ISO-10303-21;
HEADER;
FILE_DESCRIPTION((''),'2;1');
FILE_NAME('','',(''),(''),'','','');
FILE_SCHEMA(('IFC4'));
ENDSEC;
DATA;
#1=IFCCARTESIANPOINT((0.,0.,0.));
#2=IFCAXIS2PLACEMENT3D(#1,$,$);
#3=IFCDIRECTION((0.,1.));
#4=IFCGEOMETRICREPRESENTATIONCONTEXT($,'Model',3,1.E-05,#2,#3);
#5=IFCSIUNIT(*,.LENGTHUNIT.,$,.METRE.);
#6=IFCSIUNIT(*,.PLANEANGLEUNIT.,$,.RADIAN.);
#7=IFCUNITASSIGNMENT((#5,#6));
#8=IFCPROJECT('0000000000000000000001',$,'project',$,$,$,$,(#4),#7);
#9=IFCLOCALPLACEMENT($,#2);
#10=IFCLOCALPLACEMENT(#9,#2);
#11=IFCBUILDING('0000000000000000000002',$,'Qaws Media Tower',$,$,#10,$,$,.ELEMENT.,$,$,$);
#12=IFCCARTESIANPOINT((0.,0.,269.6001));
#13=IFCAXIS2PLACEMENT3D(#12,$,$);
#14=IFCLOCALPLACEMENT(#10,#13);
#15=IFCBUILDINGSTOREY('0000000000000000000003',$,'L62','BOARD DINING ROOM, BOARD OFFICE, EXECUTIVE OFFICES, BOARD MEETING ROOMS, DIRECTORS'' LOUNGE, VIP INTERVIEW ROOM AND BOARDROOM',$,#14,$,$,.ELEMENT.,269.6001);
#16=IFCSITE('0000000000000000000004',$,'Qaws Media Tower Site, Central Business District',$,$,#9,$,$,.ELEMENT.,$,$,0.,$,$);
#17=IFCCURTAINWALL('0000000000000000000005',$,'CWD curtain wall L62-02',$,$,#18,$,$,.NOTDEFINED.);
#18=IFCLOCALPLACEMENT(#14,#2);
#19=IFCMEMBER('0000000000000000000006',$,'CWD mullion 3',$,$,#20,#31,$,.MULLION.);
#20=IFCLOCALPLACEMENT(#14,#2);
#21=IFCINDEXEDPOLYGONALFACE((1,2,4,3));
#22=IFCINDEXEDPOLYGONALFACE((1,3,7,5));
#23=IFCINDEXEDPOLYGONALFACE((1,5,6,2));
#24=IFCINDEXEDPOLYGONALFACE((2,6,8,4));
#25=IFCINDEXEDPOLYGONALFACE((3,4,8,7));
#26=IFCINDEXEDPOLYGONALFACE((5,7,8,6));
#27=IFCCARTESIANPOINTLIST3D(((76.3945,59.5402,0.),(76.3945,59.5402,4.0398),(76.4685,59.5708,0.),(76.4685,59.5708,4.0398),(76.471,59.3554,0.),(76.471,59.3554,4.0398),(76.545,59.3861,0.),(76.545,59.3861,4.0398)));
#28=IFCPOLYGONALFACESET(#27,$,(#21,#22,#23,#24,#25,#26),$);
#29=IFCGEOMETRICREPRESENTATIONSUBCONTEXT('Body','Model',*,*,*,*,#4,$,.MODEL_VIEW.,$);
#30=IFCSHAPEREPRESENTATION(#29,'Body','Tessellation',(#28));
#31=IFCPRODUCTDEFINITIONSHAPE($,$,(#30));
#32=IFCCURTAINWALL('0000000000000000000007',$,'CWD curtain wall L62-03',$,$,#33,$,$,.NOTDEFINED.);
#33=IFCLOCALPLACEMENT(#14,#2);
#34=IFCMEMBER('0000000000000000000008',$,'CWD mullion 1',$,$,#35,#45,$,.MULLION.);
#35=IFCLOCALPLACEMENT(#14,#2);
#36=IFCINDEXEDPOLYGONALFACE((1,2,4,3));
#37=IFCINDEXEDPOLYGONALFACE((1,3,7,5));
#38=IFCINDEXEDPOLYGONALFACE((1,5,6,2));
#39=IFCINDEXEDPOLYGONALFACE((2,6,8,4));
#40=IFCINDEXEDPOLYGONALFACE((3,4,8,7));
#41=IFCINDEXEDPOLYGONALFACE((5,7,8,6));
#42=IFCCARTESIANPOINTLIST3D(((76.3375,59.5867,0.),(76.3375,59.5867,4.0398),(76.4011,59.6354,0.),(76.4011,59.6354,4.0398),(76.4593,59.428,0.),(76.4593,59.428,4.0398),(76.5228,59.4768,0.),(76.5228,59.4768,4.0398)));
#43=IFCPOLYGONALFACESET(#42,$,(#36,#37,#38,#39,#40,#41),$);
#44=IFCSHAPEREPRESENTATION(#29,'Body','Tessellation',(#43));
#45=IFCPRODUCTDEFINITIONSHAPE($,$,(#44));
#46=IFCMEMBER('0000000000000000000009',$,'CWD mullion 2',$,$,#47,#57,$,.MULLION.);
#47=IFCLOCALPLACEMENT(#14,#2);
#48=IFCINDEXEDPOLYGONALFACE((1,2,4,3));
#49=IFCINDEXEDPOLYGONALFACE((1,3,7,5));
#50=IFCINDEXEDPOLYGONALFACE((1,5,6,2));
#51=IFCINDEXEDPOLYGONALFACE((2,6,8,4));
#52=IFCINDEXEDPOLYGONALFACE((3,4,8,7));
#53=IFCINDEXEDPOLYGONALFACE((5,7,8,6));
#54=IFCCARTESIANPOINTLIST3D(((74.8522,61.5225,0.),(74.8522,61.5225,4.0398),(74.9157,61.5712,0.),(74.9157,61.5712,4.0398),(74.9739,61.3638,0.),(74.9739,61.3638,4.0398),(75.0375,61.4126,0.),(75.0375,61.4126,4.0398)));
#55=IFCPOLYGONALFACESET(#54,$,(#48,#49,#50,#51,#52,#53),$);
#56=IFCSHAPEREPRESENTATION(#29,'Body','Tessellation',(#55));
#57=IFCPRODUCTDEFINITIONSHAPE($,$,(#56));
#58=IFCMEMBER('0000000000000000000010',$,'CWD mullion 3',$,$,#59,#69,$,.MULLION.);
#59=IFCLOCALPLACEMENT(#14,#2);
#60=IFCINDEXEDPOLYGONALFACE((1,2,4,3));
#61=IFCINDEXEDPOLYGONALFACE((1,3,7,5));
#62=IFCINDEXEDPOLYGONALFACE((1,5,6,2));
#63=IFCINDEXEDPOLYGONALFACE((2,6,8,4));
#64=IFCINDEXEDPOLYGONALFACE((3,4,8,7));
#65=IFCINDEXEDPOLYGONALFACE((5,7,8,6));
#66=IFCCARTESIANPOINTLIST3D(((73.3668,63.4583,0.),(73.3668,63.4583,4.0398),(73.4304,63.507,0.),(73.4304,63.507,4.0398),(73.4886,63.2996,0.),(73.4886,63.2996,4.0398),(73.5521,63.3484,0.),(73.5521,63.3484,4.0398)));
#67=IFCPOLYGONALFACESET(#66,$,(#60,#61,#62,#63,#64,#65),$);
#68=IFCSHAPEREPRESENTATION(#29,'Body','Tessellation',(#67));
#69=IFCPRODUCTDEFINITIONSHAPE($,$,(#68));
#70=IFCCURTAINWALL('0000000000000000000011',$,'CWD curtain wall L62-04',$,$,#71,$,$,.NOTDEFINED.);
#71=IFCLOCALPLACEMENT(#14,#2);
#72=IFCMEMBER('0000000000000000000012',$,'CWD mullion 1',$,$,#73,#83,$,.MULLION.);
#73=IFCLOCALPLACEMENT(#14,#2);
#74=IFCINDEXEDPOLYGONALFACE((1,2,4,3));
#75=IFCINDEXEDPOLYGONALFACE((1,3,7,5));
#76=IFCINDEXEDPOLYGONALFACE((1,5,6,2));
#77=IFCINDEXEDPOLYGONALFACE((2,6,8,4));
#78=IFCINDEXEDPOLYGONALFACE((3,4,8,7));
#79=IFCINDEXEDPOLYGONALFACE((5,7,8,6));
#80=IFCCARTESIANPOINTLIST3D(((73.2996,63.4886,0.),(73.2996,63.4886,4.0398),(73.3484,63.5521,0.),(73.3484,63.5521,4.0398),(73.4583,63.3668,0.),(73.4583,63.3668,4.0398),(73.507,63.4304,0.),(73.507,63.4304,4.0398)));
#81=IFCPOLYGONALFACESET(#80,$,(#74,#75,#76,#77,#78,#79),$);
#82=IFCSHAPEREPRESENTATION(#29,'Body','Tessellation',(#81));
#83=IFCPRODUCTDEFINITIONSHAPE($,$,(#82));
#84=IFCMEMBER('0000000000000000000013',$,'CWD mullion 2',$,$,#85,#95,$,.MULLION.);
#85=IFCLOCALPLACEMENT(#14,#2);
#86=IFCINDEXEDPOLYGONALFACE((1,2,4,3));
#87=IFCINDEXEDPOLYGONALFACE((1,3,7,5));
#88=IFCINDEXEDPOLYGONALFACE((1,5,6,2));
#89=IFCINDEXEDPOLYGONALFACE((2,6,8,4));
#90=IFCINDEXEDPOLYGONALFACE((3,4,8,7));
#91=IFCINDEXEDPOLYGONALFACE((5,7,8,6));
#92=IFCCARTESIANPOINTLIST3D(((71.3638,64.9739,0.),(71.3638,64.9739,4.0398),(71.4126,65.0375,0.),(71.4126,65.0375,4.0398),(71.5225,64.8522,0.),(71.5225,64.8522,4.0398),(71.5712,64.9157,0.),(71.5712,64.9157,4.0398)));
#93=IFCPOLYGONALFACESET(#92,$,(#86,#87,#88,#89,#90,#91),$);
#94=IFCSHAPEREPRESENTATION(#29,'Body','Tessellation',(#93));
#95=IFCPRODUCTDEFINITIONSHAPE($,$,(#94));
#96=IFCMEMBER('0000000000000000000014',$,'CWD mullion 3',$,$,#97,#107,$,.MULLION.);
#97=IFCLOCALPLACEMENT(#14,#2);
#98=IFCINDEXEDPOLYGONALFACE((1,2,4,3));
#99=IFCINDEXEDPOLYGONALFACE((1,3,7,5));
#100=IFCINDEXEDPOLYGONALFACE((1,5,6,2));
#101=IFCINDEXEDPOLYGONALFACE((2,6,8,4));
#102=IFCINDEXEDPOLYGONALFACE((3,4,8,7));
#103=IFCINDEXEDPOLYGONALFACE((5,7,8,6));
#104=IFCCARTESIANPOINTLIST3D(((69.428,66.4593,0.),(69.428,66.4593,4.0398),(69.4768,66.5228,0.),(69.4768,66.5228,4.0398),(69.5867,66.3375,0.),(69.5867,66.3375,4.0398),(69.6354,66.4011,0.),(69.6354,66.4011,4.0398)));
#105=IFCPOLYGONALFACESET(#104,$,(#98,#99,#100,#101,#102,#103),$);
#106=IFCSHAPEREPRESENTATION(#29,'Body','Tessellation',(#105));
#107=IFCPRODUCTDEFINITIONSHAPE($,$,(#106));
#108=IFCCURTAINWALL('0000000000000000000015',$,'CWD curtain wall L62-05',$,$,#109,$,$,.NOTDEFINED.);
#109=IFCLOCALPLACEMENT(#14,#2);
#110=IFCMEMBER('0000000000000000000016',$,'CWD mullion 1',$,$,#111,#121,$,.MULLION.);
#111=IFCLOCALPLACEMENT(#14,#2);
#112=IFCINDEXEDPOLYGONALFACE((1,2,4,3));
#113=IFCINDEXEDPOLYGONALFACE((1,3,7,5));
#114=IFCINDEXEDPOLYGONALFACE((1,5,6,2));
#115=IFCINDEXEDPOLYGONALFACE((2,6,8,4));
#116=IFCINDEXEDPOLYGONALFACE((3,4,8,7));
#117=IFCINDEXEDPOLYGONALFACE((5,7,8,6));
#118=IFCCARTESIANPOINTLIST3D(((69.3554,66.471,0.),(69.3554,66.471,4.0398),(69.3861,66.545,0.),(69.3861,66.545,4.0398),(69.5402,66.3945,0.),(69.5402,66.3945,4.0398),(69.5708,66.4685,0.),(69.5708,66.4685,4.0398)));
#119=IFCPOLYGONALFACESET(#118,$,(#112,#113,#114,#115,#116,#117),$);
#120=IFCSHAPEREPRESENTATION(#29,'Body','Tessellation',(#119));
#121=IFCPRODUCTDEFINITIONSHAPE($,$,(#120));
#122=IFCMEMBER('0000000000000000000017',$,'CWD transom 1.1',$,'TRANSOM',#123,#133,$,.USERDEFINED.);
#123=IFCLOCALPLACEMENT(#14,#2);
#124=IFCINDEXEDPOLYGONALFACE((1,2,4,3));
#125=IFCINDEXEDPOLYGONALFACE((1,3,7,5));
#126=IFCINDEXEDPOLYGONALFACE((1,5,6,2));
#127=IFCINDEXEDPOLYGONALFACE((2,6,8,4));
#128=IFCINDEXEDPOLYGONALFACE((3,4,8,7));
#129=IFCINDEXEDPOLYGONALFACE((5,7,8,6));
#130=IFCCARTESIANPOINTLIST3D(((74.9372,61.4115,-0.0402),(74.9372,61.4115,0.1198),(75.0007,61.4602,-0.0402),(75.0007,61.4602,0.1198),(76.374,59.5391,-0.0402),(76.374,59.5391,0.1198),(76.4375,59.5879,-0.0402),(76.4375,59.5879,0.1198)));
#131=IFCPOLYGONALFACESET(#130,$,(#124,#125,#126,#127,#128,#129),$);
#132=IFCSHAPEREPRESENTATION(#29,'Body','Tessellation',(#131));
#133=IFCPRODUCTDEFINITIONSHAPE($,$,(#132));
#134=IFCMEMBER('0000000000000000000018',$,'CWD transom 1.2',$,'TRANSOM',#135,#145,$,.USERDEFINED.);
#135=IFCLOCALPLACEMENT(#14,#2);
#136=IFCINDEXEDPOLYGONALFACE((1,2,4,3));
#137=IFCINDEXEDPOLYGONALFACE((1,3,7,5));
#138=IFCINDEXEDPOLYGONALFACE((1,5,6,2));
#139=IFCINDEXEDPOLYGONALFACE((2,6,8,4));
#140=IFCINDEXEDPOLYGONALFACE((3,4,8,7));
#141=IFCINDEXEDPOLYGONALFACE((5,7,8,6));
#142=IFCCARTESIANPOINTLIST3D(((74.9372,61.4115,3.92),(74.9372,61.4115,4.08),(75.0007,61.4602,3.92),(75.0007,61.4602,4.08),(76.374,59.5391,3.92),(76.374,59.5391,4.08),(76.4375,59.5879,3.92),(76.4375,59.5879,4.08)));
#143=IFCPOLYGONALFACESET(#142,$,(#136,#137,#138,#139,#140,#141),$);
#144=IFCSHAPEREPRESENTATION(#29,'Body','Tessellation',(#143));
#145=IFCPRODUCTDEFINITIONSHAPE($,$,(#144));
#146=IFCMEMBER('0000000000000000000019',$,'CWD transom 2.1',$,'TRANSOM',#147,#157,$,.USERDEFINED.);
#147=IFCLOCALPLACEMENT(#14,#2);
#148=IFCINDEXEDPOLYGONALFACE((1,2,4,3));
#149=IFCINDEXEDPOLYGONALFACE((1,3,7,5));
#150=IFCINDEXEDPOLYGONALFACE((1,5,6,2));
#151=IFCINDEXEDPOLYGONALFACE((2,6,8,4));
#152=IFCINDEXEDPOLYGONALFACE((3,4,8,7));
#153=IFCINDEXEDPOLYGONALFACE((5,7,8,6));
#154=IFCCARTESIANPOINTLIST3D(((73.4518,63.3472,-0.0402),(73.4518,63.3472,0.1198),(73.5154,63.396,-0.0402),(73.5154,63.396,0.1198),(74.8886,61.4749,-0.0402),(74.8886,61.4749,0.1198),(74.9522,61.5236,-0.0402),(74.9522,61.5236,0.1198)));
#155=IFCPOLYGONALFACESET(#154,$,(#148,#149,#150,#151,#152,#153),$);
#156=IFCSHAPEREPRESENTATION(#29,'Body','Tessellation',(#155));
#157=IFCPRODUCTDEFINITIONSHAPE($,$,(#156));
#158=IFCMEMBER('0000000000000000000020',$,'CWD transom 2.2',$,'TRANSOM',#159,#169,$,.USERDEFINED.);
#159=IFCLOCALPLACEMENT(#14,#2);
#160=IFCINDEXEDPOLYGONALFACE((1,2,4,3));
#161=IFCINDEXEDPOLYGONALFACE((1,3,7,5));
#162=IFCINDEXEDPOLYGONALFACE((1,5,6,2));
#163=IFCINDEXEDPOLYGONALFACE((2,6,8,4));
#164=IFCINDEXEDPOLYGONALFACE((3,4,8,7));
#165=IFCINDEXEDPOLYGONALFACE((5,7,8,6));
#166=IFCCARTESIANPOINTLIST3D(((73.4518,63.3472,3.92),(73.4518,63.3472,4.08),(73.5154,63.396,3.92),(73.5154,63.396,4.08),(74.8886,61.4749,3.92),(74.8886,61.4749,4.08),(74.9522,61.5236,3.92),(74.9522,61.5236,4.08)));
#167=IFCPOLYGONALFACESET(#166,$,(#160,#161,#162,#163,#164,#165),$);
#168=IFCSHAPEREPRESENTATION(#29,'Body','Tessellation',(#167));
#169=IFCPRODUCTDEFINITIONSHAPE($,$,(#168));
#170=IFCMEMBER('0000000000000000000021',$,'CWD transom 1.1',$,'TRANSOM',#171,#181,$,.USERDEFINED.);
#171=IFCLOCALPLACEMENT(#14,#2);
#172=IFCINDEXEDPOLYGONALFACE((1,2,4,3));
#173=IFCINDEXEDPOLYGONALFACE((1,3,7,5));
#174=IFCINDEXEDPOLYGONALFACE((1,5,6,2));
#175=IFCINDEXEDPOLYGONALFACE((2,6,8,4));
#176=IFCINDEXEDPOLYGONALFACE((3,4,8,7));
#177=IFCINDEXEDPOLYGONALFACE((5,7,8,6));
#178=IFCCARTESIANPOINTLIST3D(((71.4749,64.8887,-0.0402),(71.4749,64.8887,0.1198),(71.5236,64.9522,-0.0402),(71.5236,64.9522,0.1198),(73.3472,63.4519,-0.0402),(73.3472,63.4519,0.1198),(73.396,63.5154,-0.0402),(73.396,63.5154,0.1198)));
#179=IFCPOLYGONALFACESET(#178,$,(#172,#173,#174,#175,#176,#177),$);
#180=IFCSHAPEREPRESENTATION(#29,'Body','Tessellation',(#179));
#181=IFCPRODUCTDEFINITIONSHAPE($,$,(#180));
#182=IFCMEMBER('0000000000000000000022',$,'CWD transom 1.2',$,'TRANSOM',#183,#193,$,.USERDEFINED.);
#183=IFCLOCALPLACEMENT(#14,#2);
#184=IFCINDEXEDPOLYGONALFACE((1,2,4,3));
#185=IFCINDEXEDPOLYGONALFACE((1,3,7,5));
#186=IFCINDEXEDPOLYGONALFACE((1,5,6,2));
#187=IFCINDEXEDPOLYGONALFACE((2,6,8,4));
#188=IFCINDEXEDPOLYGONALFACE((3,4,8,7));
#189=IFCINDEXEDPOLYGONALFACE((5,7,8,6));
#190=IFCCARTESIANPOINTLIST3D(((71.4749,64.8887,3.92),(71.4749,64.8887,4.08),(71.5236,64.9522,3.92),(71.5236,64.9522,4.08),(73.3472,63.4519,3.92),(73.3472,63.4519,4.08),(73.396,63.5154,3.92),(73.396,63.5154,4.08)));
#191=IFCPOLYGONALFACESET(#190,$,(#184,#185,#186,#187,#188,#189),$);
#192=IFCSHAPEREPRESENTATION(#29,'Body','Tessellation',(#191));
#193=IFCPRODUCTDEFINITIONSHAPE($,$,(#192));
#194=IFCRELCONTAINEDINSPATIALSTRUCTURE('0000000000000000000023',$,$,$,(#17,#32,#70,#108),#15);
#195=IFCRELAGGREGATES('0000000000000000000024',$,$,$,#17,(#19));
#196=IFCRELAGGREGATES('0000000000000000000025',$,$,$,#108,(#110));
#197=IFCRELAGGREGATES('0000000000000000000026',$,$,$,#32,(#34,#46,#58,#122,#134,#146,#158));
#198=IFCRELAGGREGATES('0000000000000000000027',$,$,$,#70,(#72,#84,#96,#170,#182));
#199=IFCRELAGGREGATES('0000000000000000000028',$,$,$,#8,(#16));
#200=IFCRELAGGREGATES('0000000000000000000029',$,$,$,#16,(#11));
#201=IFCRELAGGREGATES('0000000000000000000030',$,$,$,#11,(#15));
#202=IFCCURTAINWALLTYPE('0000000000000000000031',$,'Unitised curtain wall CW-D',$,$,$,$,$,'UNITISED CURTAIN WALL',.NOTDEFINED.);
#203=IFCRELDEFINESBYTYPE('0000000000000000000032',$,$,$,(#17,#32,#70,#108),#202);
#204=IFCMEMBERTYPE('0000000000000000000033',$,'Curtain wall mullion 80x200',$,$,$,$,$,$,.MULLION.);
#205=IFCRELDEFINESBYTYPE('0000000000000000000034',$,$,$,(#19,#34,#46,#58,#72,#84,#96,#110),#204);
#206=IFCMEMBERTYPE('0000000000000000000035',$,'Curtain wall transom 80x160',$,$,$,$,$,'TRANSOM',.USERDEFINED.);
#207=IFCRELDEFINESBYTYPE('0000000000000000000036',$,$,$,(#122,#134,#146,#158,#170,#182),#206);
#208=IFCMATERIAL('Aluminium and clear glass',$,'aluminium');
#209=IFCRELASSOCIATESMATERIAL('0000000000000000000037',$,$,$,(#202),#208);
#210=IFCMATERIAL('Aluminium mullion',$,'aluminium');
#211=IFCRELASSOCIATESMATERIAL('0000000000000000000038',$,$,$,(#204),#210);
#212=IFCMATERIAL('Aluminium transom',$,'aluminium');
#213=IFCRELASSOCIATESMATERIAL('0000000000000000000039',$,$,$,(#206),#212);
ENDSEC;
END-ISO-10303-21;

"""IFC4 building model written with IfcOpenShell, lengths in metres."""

from ifc_helpers import new_model, si_unit, direction, frame, origin, origin_2d, place, context, subcontext, project, spatial, rectangle, extrude, material, material_profile, profile_set, type_object, element, aggregate, save


model = new_model("IFC4")

# Units and contexts
model_context = context("Model", 3, precision=1e-05, world=origin(), true_north=direction((0.0, 1.0)))
body_context = subcontext(model_context, "Body", "Model", "MODEL_VIEW")
ifc_project = project(units=[si_unit("LENGTHUNIT", "METRE"), si_unit("PLANEANGLEUNIT", "RADIAN")], contexts=[model_context])

# Site, building, storey
site_placement = place(None, origin())
site = spatial("IfcSite", under=ifc_project, at=site_placement, Name="Qaws Media Tower Site, Central Business District", CompositionType="ELEMENT", RefElevation=0.0)
building_placement = place(site_placement, origin())
building = spatial("IfcBuilding", under=site, at=building_placement, Name="Qaws Media Tower", CompositionType="ELEMENT")
storey_placement = place(building_placement, frame((0.0, 0.0, 269.6001)))
storey = spatial("IfcBuildingStorey", under=building, at=storey_placement, Name="L62", Description="BOARD DINING ROOM, BOARD OFFICE, EXECUTIVE OFFICES, BOARD MEETING ROOMS, DIRECTORS' LOUNGE, VIP INTERVIEW ROOM AND BOARDROOM", CompositionType="ELEMENT", Elevation=269.6001)

# Curtain wall, member
ifc_material_1 = material(Name="Aluminium and clear glass", Category="aluminium")
curtain_wall_type = type_object("IfcCurtainWallType", Name="Unitised curtain wall CW-D", ElementType="UNITISED CURTAIN WALL", PredefinedType="NOTDEFINED", material=ifc_material_1)
curtain_wall_1_placement = place(storey_placement, origin())
curtain_wall_1 = element("IfcCurtainWall", 1, at=curtain_wall_1_placement, inside=storey, type_object=curtain_wall_type, Name="CWD curtain wall L62-02", PredefinedType="NOTDEFINED")
ifc_material_2 = material(Name="Aluminium mullion", Category="aluminium")
ifc_material_profile_1 = material_profile(ifc_material_2, rectangle(XDim=0.0801, YDim=0.2, at=origin_2d()), Name="80x200")
ifc_profile_set_1 = profile_set([ifc_material_profile_1], Name="Aluminium mullion")
member_type_1 = type_object("IfcMemberType", Name="Curtain wall mullion 80x200", PredefinedType="MULLION", material=ifc_profile_set_1)
member_1_placement = place(storey_placement, frame((76.4697, 59.4631, 0.0), z_axis=(0.0, 0.0, 1.0), x_axis=(-0.92388, -0.382683, 0.0)))
member_1 = element("IfcMember", 2, at=member_1_placement, type_object=member_type_1, Name="CWD mullion 3", PredefinedType="MULLION", context=body_context, shape_type="SweptSolid", body=[
    extrude(rectangle(XDim=0.0801, YDim=0.2, at=origin_2d()), origin(), (0.0, 0.0, 1.0), 4.0398),
])
aggregate(curtain_wall_1, [member_1])

# Curtain walls, members
curtain_wall_2_placement = place(storey_placement, origin())
curtain_wall_2 = element("IfcCurtainWall", 3, at=curtain_wall_2_placement, inside=storey, type_object=curtain_wall_type, Name="CWD curtain wall L62-03", PredefinedType="NOTDEFINED")
member_2_placement = place(storey_placement, frame((76.4302, 59.5317, 0.0), z_axis=(0.0, 0.0, 1.0), x_axis=(-0.793353, -0.608761, 0.0)))
member_2 = element("IfcMember", 4, at=member_2_placement, type_object=member_type_1, Name="CWD mullion 1", PredefinedType="MULLION", context=body_context, shape_type="SweptSolid", body=[
    extrude(rectangle(XDim=0.0801, YDim=0.2, at=origin_2d()), origin(), (0.0, 0.0, 1.0), 4.0398),
])
member_3_placement = place(storey_placement, frame((74.9448, 61.4675, 0.0), z_axis=(0.0, 0.0, 1.0), x_axis=(-0.793353, -0.608761, 0.0)))
member_3 = element("IfcMember", 5, at=member_3_placement, type_object=member_type_1, Name="CWD mullion 2", PredefinedType="MULLION", context=body_context, shape_type="SweptSolid", body=[
    extrude(rectangle(XDim=0.0801, YDim=0.2, at=origin_2d()), origin(), (0.0, 0.0, 1.0), 4.0398),
])
member_4_placement = place(storey_placement, frame((73.4595, 63.4033, 0.0), z_axis=(0.0, 0.0, 1.0), x_axis=(-0.793353, -0.608761, 0.0)))
member_4 = element("IfcMember", 6, at=member_4_placement, type_object=member_type_1, Name="CWD mullion 3", PredefinedType="MULLION", context=body_context, shape_type="SweptSolid", body=[
    extrude(rectangle(XDim=0.0801, YDim=0.2, at=origin_2d()), origin(), (0.0, 0.0, 1.0), 4.0398),
])
curtain_wall_3_placement = place(storey_placement, origin())
curtain_wall_3 = element("IfcCurtainWall", 7, at=curtain_wall_3_placement, inside=storey, type_object=curtain_wall_type, Name="CWD curtain wall L62-04", PredefinedType="NOTDEFINED")
member_5_placement = place(storey_placement, frame((73.4033, 63.4595, 0.0), z_axis=(0.0, 0.0, 1.0), x_axis=(-0.608761, -0.793353, 0.0)))
member_5 = element("IfcMember", 8, at=member_5_placement, type_object=member_type_1, Name="CWD mullion 1", PredefinedType="MULLION", context=body_context, shape_type="SweptSolid", body=[
    extrude(rectangle(XDim=0.0801, YDim=0.2, at=origin_2d()), origin(), (0.0, 0.0, 1.0), 4.0398),
])
member_6_placement = place(storey_placement, frame((71.4675, 64.9448, 0.0), z_axis=(0.0, 0.0, 1.0), x_axis=(-0.608761, -0.793353, 0.0)))
member_6 = element("IfcMember", 9, at=member_6_placement, type_object=member_type_1, Name="CWD mullion 2", PredefinedType="MULLION", context=body_context, shape_type="SweptSolid", body=[
    extrude(rectangle(XDim=0.0801, YDim=0.2, at=origin_2d()), origin(), (0.0, 0.0, 1.0), 4.0398),
])
member_7_placement = place(storey_placement, frame((69.5317, 66.4302, 0.0), z_axis=(0.0, 0.0, 1.0), x_axis=(-0.608761, -0.793353, 0.0)))
member_7 = element("IfcMember", 10, at=member_7_placement, type_object=member_type_1, Name="CWD mullion 3", PredefinedType="MULLION", context=body_context, shape_type="SweptSolid", body=[
    extrude(rectangle(XDim=0.0801, YDim=0.2, at=origin_2d()), origin(), (0.0, 0.0, 1.0), 4.0398),
])

# Curtain wall, member
curtain_wall_4_placement = place(storey_placement, origin())
curtain_wall_4 = element("IfcCurtainWall", 11, at=curtain_wall_4_placement, inside=storey, type_object=curtain_wall_type, Name="CWD curtain wall L62-05", PredefinedType="NOTDEFINED")
member_8_placement = place(storey_placement, frame((69.4631, 66.4697, 0.0), z_axis=(0.0, 0.0, 1.0), x_axis=(-0.382683, -0.92388, 0.0)))
member_8 = element("IfcMember", 12, at=member_8_placement, type_object=member_type_1, Name="CWD mullion 1", PredefinedType="MULLION", context=body_context, shape_type="SweptSolid", body=[
    extrude(rectangle(XDim=0.0801, YDim=0.2, at=origin_2d()), origin(), (0.0, 0.0, 1.0), 4.0398),
])

# Members
ifc_material_3 = material(Name="Aluminium transom", Category="aluminium")
ifc_material_profile_2 = material_profile(ifc_material_3, rectangle(XDim=0.0801, YDim=0.1599, at=origin_2d()), Name="80x160")
ifc_profile_set_2 = profile_set([ifc_material_profile_2], Name="Aluminium transom")
member_type_2 = type_object("IfcMemberType", Name="Curtain wall transom 80x160", ElementType="TRANSOM", PredefinedType="USERDEFINED", material=ifc_profile_set_2)
member_9_placement = place(storey_placement, frame((76.4058, 59.5635, 0.0398), z_axis=(-0.608785, 0.793335, 0.0), x_axis=(-0.793335, -0.608785, 0.0)))
member_9 = element("IfcMember", 13, at=member_9_placement, type_object=member_type_2, Name="CWD transom 1.1", ObjectType="TRANSOM", PredefinedType="USERDEFINED", context=body_context, shape_type="SweptSolid", body=[
    extrude(rectangle(XDim=0.0801, YDim=0.1599, at=origin_2d()), origin(), (0.0, 0.0, 1.0), 2.3601),
])
member_10_placement = place(storey_placement, frame((76.4058, 59.5635, 4.0), z_axis=(-0.608785, 0.793335, 0.0), x_axis=(-0.793335, -0.608785, 0.0)))
member_10 = element("IfcMember", 14, at=member_10_placement, type_object=member_type_2, Name="CWD transom 1.2", ObjectType="TRANSOM", PredefinedType="USERDEFINED", context=body_context, shape_type="SweptSolid", body=[
    extrude(rectangle(XDim=0.0801, YDim=0.1599, at=origin_2d()), origin(), (0.0, 0.0, 1.0), 2.3601),
])
member_11_placement = place(storey_placement, frame((74.9204, 61.4993, 0.0398), z_axis=(-0.608785, 0.793335, 0.0), x_axis=(-0.793335, -0.608785, 0.0)))
member_11 = element("IfcMember", 15, at=member_11_placement, type_object=member_type_2, Name="CWD transom 2.1", ObjectType="TRANSOM", PredefinedType="USERDEFINED", context=body_context, shape_type="SweptSolid", body=[
    extrude(rectangle(XDim=0.0801, YDim=0.1599, at=origin_2d()), origin(), (0.0, 0.0, 1.0), 2.3601),
])
member_12_placement = place(storey_placement, frame((74.9204, 61.4993, 4.0), z_axis=(-0.608785, 0.793335, 0.0), x_axis=(-0.793335, -0.608785, 0.0)))
member_12 = element("IfcMember", 16, at=member_12_placement, type_object=member_type_2, Name="CWD transom 2.2", ObjectType="TRANSOM", PredefinedType="USERDEFINED", context=body_context, shape_type="SweptSolid", body=[
    extrude(rectangle(XDim=0.0801, YDim=0.1599, at=origin_2d()), origin(), (0.0, 0.0, 1.0), 2.3601),
])
member_13_placement = place(storey_placement, frame((73.3716, 63.4836, 0.0398), z_axis=(-0.793335, 0.608785, 0.0), x_axis=(-0.608785, -0.793335, 0.0)))
member_13 = element("IfcMember", 17, at=member_13_placement, type_object=member_type_2, Name="CWD transom 1.1", ObjectType="TRANSOM", PredefinedType="USERDEFINED", context=body_context, shape_type="SweptSolid", body=[
    extrude(rectangle(XDim=0.0801, YDim=0.1599, at=origin_2d()), origin(), (0.0, 0.0, 1.0), 2.3601),
])
member_14_placement = place(storey_placement, frame((73.3716, 63.4836, 4.0), z_axis=(-0.793335, 0.608785, 0.0), x_axis=(-0.608785, -0.793335, 0.0)))
member_14 = element("IfcMember", 18, at=member_14_placement, type_object=member_type_2, Name="CWD transom 1.2", ObjectType="TRANSOM", PredefinedType="USERDEFINED", context=body_context, shape_type="SweptSolid", body=[
    extrude(rectangle(XDim=0.0801, YDim=0.1599, at=origin_2d()), origin(), (0.0, 0.0, 1.0), 2.3601),
])
aggregate(curtain_wall_4, [member_8])

aggregate(curtain_wall_2, [member_2, member_3, member_4, member_9, member_10, member_11, member_12])
aggregate(curtain_wall_3, [member_5, member_6, member_7, member_13, member_14])

save(model, "model.ifc")
